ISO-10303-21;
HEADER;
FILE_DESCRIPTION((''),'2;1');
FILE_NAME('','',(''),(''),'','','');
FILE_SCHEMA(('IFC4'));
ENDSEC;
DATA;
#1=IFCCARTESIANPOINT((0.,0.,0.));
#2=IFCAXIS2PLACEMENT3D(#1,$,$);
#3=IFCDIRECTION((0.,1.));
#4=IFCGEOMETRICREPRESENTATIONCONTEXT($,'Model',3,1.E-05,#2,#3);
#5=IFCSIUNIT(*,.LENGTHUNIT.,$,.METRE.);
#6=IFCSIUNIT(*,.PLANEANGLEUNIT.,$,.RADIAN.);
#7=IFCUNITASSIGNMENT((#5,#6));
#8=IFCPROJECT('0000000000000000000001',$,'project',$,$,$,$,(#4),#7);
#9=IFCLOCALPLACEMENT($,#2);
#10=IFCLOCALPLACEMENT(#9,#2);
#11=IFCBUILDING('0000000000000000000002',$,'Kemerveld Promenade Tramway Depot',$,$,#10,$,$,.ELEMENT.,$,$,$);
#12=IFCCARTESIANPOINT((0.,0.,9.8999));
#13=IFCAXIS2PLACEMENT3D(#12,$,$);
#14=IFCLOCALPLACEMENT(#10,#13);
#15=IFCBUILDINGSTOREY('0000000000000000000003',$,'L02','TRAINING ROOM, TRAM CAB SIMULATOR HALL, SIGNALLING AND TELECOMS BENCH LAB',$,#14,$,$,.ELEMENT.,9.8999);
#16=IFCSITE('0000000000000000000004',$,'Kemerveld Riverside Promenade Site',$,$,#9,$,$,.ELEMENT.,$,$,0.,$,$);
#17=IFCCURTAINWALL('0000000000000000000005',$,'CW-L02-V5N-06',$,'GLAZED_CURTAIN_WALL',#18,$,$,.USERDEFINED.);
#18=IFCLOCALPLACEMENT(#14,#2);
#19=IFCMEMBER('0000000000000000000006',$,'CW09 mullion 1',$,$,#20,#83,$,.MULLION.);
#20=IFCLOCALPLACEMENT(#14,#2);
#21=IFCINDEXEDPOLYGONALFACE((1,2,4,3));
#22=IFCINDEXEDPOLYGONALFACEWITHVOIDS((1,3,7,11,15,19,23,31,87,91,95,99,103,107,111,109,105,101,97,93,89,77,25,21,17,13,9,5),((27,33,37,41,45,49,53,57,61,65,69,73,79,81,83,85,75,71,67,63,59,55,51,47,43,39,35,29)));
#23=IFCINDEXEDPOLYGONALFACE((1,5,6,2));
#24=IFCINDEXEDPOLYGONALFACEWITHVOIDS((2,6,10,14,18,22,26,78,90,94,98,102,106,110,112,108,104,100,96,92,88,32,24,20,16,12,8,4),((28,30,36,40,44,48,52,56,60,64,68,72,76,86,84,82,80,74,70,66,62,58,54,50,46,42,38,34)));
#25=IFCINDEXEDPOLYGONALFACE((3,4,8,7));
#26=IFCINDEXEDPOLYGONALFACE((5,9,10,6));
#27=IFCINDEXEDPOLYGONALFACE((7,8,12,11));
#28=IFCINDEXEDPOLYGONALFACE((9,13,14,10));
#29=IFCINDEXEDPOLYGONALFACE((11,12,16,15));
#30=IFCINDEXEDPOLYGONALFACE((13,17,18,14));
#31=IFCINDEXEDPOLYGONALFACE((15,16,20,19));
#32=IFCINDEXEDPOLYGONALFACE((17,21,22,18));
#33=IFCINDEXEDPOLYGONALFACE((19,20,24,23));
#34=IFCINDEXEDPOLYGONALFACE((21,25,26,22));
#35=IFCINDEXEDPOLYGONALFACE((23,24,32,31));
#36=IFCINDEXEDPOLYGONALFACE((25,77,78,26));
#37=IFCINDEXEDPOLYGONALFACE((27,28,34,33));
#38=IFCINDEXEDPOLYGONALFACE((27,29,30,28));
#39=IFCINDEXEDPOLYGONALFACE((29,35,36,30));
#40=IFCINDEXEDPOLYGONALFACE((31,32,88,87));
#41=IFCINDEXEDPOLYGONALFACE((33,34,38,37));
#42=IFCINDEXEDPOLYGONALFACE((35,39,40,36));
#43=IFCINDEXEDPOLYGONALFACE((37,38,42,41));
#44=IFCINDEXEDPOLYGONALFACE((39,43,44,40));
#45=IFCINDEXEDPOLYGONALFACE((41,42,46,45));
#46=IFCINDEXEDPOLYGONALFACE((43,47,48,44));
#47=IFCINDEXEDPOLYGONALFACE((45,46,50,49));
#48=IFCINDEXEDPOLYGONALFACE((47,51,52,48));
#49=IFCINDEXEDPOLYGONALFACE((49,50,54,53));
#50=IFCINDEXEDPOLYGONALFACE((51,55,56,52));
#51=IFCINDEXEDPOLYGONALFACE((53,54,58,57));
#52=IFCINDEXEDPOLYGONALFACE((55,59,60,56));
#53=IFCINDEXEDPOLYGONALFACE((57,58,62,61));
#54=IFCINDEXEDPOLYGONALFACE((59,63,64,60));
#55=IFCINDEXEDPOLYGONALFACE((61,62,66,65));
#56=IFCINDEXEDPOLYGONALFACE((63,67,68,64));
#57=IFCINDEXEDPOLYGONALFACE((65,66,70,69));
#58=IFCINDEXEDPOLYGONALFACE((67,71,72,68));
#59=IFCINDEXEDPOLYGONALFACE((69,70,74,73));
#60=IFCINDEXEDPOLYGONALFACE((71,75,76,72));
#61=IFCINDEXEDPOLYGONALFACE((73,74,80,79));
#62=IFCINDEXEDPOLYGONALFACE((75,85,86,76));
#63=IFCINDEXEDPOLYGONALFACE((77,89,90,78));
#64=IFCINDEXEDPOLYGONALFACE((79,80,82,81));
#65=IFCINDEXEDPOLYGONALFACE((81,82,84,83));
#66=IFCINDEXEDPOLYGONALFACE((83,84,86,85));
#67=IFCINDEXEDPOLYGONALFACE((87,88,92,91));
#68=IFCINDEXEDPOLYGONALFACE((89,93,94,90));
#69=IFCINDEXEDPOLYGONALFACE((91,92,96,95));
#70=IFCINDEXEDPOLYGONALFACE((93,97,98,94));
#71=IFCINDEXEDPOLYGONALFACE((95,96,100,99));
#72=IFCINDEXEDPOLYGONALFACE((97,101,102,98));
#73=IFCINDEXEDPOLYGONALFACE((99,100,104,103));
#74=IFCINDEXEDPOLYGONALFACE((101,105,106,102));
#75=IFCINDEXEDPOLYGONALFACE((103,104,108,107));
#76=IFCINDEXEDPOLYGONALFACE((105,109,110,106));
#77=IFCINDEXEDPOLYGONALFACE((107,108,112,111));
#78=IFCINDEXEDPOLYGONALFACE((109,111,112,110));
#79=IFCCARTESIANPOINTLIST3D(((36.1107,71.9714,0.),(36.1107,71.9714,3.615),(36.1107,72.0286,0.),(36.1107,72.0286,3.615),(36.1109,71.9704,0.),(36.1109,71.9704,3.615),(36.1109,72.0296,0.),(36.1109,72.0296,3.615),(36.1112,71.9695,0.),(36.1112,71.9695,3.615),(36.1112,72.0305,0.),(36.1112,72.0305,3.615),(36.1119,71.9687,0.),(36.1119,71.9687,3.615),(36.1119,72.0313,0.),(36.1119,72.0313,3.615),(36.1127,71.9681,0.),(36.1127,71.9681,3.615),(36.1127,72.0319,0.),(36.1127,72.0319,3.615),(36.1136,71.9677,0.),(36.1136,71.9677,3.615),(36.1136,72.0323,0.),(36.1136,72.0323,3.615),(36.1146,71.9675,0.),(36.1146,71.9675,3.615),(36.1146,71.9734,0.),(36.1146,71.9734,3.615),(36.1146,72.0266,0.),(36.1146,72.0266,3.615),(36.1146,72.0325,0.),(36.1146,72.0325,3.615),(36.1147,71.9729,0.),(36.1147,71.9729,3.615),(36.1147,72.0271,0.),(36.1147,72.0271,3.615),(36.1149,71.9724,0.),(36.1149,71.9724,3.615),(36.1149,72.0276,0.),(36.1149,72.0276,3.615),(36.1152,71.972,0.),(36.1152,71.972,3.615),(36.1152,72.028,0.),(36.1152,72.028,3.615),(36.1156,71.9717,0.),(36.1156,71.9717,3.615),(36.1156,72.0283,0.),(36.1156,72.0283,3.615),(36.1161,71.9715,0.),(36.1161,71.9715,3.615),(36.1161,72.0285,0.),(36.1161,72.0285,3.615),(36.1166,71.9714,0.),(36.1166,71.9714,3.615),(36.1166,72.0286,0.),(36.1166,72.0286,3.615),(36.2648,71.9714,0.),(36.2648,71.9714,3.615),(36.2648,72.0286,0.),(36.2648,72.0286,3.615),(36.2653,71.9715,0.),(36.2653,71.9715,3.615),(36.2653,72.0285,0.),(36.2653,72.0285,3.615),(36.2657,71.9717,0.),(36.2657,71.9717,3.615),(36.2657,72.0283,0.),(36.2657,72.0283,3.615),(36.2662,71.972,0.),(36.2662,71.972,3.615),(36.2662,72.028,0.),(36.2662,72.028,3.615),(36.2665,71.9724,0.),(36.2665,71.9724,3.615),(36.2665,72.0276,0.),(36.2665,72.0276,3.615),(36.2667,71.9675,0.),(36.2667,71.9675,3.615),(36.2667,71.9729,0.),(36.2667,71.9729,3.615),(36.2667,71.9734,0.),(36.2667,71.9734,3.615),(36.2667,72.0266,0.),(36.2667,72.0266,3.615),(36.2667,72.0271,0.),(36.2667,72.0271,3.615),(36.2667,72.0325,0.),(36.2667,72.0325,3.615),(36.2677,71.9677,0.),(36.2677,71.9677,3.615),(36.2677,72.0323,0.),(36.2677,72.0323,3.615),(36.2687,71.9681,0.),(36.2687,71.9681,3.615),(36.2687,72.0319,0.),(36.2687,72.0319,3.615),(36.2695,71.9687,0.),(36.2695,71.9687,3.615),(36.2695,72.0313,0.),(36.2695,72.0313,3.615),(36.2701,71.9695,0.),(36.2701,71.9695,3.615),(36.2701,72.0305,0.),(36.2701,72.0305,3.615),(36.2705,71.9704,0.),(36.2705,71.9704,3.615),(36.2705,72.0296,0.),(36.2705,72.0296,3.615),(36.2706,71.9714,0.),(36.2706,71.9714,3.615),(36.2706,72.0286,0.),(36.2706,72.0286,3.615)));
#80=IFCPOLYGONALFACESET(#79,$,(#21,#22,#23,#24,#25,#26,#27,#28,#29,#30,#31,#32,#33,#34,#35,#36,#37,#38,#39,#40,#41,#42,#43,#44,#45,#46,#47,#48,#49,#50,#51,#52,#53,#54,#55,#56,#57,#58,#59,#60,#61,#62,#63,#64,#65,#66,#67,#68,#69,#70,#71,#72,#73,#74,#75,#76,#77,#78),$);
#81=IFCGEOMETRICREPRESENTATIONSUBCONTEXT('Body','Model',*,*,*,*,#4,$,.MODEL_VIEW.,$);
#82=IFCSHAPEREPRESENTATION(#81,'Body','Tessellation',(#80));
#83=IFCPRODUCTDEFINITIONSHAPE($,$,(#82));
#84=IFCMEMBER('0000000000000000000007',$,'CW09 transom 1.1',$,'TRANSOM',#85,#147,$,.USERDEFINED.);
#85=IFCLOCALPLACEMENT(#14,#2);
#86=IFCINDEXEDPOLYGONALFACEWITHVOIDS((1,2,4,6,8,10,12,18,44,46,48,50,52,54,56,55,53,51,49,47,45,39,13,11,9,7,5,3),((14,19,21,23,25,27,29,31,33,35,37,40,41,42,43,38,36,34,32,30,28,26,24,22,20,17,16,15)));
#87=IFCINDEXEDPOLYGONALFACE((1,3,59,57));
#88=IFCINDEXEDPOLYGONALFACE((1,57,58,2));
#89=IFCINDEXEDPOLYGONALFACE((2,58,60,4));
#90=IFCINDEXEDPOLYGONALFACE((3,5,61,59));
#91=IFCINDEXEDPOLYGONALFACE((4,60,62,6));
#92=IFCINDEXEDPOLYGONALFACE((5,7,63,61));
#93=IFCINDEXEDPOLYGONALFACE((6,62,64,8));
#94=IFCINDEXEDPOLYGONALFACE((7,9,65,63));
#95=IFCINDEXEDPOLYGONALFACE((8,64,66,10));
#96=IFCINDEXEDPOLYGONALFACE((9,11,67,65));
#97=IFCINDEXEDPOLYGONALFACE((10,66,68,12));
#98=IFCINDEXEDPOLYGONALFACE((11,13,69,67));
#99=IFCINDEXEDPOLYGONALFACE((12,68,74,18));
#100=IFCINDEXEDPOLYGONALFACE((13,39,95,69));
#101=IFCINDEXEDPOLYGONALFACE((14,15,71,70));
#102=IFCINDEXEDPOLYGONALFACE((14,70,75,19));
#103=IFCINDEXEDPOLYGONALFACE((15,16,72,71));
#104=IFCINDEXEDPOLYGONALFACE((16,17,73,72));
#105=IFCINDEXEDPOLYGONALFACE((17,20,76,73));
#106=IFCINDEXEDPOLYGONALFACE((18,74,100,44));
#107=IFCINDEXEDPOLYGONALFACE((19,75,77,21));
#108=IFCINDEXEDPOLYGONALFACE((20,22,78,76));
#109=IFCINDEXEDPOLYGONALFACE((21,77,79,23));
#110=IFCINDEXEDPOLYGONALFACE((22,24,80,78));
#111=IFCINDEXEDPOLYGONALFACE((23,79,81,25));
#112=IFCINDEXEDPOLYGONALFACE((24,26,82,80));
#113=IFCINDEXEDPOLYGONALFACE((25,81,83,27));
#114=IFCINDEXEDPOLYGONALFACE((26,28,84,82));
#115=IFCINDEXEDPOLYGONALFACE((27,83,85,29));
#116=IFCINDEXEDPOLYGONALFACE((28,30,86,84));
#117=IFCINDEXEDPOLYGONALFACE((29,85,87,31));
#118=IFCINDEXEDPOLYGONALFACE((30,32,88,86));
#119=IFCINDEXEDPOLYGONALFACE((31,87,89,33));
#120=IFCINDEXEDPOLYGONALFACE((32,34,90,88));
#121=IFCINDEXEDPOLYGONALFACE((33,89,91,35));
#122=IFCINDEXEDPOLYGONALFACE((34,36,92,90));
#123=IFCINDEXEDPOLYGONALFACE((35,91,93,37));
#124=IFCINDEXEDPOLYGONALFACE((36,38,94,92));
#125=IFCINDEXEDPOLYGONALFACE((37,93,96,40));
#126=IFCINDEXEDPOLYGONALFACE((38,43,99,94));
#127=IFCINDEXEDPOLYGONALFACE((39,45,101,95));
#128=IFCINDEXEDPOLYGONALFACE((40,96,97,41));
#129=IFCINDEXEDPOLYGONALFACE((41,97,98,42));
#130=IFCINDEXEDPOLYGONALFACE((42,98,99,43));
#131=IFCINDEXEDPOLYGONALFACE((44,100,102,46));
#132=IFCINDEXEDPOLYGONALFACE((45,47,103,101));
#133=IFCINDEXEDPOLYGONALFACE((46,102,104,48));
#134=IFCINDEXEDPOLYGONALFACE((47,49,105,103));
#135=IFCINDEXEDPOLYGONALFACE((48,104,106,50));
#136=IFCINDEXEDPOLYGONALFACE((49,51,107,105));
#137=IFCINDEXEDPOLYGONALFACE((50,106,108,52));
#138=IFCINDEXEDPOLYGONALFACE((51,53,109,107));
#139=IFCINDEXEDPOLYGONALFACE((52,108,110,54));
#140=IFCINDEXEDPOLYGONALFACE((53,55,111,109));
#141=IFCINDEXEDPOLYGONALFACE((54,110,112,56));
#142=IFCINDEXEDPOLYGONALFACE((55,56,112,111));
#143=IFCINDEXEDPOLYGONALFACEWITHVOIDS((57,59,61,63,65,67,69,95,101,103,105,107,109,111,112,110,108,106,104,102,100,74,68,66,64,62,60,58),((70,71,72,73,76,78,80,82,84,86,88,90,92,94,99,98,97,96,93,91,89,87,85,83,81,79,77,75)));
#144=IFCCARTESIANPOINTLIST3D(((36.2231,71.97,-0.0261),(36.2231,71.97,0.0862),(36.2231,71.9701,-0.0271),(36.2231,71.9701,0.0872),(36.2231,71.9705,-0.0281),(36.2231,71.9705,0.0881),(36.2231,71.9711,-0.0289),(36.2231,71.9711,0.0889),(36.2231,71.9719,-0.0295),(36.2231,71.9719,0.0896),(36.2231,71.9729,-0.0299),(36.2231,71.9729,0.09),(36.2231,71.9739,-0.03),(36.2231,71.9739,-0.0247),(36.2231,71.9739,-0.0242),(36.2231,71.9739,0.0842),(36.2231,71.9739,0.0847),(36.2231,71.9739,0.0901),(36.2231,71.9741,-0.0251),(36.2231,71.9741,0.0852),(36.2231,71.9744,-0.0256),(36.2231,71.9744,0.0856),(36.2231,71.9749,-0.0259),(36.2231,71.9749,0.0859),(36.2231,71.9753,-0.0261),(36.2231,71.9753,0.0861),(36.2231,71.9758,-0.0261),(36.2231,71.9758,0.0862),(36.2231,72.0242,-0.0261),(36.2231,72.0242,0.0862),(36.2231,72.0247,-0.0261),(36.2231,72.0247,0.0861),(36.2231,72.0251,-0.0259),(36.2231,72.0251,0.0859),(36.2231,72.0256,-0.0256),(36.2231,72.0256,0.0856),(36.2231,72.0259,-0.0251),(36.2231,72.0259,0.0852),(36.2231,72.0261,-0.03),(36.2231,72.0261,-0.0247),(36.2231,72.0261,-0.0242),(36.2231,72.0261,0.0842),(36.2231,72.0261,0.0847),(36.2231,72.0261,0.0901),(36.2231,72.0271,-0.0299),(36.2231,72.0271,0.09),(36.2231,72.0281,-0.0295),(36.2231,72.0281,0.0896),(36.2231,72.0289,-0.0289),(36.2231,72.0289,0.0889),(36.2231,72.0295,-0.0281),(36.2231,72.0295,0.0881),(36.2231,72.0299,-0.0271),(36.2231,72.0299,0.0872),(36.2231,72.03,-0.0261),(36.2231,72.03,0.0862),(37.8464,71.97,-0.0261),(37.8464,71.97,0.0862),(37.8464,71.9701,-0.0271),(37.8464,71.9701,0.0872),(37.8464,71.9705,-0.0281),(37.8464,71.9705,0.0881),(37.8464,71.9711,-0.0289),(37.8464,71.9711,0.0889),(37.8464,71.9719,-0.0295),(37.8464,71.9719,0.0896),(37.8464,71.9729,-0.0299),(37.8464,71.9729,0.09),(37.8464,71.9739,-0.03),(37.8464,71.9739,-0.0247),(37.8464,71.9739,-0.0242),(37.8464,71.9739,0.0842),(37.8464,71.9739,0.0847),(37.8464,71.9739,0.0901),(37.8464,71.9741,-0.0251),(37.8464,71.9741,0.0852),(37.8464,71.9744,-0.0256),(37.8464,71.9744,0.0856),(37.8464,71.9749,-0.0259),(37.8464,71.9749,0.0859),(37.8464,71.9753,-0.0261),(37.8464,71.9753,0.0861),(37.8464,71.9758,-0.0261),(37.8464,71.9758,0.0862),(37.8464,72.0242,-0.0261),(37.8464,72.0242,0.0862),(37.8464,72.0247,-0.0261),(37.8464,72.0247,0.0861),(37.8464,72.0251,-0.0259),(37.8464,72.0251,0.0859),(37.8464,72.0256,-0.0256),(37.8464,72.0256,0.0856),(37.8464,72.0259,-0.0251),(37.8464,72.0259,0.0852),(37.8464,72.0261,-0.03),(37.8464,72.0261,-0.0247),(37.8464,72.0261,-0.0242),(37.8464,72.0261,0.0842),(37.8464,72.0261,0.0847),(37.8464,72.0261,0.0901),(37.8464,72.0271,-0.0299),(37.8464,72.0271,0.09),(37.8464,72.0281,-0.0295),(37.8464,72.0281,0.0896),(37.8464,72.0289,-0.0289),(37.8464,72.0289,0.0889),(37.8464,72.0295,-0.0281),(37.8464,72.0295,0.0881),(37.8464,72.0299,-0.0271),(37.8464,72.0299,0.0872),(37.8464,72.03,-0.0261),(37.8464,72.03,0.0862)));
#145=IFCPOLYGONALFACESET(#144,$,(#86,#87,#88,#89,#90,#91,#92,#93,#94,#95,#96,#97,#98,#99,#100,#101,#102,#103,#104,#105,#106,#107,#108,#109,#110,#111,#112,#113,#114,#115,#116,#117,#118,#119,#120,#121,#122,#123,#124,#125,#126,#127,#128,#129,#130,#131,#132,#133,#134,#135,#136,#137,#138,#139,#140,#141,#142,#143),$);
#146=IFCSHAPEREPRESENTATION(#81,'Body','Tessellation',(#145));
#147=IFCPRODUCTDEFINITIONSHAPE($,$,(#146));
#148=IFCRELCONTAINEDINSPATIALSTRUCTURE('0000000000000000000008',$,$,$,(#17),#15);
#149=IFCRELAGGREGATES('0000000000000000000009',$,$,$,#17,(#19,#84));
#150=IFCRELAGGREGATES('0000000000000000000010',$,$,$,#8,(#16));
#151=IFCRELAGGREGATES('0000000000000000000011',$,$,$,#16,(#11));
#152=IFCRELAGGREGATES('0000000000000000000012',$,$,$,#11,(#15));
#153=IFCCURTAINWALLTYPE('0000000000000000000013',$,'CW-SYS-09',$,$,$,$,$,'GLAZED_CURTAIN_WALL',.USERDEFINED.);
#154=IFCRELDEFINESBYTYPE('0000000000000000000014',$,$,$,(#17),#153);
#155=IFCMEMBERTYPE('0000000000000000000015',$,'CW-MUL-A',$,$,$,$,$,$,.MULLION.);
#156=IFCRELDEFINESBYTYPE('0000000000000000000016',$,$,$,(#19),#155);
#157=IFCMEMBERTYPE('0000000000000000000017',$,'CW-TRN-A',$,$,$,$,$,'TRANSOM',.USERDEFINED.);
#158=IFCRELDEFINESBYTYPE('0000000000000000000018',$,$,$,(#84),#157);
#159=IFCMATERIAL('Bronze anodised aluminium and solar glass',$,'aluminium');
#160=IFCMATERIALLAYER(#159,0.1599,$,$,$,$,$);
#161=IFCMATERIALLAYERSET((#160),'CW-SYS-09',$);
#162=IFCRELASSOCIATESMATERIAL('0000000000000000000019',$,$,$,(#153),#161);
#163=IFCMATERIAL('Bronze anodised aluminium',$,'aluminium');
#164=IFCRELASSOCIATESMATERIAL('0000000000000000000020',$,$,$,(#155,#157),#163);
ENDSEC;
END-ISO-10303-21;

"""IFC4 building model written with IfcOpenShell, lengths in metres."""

from ifc_helpers import new_model, si_unit, direction, frame, origin, origin_2d, place, context, subcontext, project, spatial, hollow_rectangle, extrude, material, layer, layer_set, material_profile, profile_set, type_object, element, aggregate, save


model = new_model("IFC4")

# Units and contexts
model_context = context("Model", 3, precision=1e-05, world=origin(), true_north=direction((0.0, 1.0)))
body_context = subcontext(model_context, "Body", "Model", "MODEL_VIEW")
ifc_project = project(units=[si_unit("LENGTHUNIT", "METRE"), si_unit("PLANEANGLEUNIT", "RADIAN")], contexts=[model_context])

# Site, building, storey
site_placement = place(None, origin())
site = spatial("IfcSite", under=ifc_project, at=site_placement, Name="Kemerveld Riverside Promenade Site", CompositionType="ELEMENT", RefElevation=0.0)
building_placement = place(site_placement, origin())
building = spatial("IfcBuilding", under=site, at=building_placement, Name="Kemerveld Promenade Tramway Depot", CompositionType="ELEMENT")
storey_placement = place(building_placement, frame((0.0, 0.0, 9.8999)))
storey = spatial("IfcBuildingStorey", under=building, at=storey_placement, Name="L02", Description="TRAINING ROOM, TRAM CAB SIMULATOR HALL, SIGNALLING AND TELECOMS BENCH LAB", CompositionType="ELEMENT", Elevation=9.8999)

# Curtain wall, members
ifc_material_1 = material(Name="Bronze anodised aluminium and solar glass", Category="aluminium")
ifc_layer_1 = layer(ifc_material_1, 0.1599)
ifc_layer_set_1 = layer_set([ifc_layer_1], Name="CW-SYS-09")
curtain_wall_type = type_object("IfcCurtainWallType", Name="CW-SYS-09", ElementType="GLAZED_CURTAIN_WALL", PredefinedType="USERDEFINED", material=ifc_layer_set_1)
curtain_wall_placement = place(storey_placement, origin())
curtain_wall = element("IfcCurtainWall", 1, at=curtain_wall_placement, inside=storey, type_object=curtain_wall_type, Name="CW-L02-V5N-06", ObjectType="GLAZED_CURTAIN_WALL", PredefinedType="USERDEFINED")
ifc_material_2 = material(Name="Bronze anodised aluminium", Category="aluminium")
ifc_material_profile_1 = material_profile(ifc_material_2, hollow_rectangle(XDim=0.0649, YDim=0.1599, WallThickness=0.0039, InnerFilletRadius=0.002, OuterFilletRadius=0.0039, at=origin_2d()), Name="CW-MUL-160x65")
ifc_profile_set_1 = profile_set([ifc_material_profile_1], Name="Bronze anodised aluminium")
member_type_1 = type_object("IfcMemberType", Name="CW-MUL-A", PredefinedType="MULLION", material=ifc_profile_set_1)
member_1_placement = place(storey_placement, frame((36.1907, 72.0, 0.0), z_axis=(0.0, 0.0, 1.0), x_axis=(0.0, 1.0, 0.0)))
member_1 = element("IfcMember", 2, at=member_1_placement, type_object=member_type_1, Name="CW09 mullion 1", PredefinedType="MULLION", context=body_context, shape_type="SweptSolid", body=[
    extrude(hollow_rectangle(XDim=0.0649, YDim=0.1599, WallThickness=0.0039, InnerFilletRadius=0.002, OuterFilletRadius=0.0039, at=origin_2d()), origin(), (0.0, 0.0, 1.0), 3.615),
])
ifc_material_profile_2 = material_profile(ifc_material_2, hollow_rectangle(XDim=0.0601, YDim=0.1201, WallThickness=0.0039, InnerFilletRadius=0.002, OuterFilletRadius=0.0039, at=origin_2d()), Name="CW-TRN-120x60")
ifc_profile_set_2 = profile_set([ifc_material_profile_2], Name="Bronze anodised aluminium")
member_type_2 = type_object("IfcMemberType", Name="CW-TRN-A", ElementType="TRANSOM", PredefinedType="USERDEFINED", material=ifc_profile_set_2)
member_2_placement = place(storey_placement, frame((36.2231, 72.0, 0.03), z_axis=(1.0, 0.0, 0.0), x_axis=(0.0, 1.0, 0.0)))
member_2 = element("IfcMember", 3, at=member_2_placement, type_object=member_type_2, Name="CW09 transom 1.1", ObjectType="TRANSOM", PredefinedType="USERDEFINED", context=body_context, shape_type="SweptSolid", body=[
    extrude(hollow_rectangle(XDim=0.0601, YDim=0.1201, WallThickness=0.0039, InnerFilletRadius=0.002, OuterFilletRadius=0.0039, at=origin_2d()), origin(), (0.0, 0.0, 1.0), 1.6233),
])
aggregate(curtain_wall, [member_1, member_2])

save(model, "model.ifc")
